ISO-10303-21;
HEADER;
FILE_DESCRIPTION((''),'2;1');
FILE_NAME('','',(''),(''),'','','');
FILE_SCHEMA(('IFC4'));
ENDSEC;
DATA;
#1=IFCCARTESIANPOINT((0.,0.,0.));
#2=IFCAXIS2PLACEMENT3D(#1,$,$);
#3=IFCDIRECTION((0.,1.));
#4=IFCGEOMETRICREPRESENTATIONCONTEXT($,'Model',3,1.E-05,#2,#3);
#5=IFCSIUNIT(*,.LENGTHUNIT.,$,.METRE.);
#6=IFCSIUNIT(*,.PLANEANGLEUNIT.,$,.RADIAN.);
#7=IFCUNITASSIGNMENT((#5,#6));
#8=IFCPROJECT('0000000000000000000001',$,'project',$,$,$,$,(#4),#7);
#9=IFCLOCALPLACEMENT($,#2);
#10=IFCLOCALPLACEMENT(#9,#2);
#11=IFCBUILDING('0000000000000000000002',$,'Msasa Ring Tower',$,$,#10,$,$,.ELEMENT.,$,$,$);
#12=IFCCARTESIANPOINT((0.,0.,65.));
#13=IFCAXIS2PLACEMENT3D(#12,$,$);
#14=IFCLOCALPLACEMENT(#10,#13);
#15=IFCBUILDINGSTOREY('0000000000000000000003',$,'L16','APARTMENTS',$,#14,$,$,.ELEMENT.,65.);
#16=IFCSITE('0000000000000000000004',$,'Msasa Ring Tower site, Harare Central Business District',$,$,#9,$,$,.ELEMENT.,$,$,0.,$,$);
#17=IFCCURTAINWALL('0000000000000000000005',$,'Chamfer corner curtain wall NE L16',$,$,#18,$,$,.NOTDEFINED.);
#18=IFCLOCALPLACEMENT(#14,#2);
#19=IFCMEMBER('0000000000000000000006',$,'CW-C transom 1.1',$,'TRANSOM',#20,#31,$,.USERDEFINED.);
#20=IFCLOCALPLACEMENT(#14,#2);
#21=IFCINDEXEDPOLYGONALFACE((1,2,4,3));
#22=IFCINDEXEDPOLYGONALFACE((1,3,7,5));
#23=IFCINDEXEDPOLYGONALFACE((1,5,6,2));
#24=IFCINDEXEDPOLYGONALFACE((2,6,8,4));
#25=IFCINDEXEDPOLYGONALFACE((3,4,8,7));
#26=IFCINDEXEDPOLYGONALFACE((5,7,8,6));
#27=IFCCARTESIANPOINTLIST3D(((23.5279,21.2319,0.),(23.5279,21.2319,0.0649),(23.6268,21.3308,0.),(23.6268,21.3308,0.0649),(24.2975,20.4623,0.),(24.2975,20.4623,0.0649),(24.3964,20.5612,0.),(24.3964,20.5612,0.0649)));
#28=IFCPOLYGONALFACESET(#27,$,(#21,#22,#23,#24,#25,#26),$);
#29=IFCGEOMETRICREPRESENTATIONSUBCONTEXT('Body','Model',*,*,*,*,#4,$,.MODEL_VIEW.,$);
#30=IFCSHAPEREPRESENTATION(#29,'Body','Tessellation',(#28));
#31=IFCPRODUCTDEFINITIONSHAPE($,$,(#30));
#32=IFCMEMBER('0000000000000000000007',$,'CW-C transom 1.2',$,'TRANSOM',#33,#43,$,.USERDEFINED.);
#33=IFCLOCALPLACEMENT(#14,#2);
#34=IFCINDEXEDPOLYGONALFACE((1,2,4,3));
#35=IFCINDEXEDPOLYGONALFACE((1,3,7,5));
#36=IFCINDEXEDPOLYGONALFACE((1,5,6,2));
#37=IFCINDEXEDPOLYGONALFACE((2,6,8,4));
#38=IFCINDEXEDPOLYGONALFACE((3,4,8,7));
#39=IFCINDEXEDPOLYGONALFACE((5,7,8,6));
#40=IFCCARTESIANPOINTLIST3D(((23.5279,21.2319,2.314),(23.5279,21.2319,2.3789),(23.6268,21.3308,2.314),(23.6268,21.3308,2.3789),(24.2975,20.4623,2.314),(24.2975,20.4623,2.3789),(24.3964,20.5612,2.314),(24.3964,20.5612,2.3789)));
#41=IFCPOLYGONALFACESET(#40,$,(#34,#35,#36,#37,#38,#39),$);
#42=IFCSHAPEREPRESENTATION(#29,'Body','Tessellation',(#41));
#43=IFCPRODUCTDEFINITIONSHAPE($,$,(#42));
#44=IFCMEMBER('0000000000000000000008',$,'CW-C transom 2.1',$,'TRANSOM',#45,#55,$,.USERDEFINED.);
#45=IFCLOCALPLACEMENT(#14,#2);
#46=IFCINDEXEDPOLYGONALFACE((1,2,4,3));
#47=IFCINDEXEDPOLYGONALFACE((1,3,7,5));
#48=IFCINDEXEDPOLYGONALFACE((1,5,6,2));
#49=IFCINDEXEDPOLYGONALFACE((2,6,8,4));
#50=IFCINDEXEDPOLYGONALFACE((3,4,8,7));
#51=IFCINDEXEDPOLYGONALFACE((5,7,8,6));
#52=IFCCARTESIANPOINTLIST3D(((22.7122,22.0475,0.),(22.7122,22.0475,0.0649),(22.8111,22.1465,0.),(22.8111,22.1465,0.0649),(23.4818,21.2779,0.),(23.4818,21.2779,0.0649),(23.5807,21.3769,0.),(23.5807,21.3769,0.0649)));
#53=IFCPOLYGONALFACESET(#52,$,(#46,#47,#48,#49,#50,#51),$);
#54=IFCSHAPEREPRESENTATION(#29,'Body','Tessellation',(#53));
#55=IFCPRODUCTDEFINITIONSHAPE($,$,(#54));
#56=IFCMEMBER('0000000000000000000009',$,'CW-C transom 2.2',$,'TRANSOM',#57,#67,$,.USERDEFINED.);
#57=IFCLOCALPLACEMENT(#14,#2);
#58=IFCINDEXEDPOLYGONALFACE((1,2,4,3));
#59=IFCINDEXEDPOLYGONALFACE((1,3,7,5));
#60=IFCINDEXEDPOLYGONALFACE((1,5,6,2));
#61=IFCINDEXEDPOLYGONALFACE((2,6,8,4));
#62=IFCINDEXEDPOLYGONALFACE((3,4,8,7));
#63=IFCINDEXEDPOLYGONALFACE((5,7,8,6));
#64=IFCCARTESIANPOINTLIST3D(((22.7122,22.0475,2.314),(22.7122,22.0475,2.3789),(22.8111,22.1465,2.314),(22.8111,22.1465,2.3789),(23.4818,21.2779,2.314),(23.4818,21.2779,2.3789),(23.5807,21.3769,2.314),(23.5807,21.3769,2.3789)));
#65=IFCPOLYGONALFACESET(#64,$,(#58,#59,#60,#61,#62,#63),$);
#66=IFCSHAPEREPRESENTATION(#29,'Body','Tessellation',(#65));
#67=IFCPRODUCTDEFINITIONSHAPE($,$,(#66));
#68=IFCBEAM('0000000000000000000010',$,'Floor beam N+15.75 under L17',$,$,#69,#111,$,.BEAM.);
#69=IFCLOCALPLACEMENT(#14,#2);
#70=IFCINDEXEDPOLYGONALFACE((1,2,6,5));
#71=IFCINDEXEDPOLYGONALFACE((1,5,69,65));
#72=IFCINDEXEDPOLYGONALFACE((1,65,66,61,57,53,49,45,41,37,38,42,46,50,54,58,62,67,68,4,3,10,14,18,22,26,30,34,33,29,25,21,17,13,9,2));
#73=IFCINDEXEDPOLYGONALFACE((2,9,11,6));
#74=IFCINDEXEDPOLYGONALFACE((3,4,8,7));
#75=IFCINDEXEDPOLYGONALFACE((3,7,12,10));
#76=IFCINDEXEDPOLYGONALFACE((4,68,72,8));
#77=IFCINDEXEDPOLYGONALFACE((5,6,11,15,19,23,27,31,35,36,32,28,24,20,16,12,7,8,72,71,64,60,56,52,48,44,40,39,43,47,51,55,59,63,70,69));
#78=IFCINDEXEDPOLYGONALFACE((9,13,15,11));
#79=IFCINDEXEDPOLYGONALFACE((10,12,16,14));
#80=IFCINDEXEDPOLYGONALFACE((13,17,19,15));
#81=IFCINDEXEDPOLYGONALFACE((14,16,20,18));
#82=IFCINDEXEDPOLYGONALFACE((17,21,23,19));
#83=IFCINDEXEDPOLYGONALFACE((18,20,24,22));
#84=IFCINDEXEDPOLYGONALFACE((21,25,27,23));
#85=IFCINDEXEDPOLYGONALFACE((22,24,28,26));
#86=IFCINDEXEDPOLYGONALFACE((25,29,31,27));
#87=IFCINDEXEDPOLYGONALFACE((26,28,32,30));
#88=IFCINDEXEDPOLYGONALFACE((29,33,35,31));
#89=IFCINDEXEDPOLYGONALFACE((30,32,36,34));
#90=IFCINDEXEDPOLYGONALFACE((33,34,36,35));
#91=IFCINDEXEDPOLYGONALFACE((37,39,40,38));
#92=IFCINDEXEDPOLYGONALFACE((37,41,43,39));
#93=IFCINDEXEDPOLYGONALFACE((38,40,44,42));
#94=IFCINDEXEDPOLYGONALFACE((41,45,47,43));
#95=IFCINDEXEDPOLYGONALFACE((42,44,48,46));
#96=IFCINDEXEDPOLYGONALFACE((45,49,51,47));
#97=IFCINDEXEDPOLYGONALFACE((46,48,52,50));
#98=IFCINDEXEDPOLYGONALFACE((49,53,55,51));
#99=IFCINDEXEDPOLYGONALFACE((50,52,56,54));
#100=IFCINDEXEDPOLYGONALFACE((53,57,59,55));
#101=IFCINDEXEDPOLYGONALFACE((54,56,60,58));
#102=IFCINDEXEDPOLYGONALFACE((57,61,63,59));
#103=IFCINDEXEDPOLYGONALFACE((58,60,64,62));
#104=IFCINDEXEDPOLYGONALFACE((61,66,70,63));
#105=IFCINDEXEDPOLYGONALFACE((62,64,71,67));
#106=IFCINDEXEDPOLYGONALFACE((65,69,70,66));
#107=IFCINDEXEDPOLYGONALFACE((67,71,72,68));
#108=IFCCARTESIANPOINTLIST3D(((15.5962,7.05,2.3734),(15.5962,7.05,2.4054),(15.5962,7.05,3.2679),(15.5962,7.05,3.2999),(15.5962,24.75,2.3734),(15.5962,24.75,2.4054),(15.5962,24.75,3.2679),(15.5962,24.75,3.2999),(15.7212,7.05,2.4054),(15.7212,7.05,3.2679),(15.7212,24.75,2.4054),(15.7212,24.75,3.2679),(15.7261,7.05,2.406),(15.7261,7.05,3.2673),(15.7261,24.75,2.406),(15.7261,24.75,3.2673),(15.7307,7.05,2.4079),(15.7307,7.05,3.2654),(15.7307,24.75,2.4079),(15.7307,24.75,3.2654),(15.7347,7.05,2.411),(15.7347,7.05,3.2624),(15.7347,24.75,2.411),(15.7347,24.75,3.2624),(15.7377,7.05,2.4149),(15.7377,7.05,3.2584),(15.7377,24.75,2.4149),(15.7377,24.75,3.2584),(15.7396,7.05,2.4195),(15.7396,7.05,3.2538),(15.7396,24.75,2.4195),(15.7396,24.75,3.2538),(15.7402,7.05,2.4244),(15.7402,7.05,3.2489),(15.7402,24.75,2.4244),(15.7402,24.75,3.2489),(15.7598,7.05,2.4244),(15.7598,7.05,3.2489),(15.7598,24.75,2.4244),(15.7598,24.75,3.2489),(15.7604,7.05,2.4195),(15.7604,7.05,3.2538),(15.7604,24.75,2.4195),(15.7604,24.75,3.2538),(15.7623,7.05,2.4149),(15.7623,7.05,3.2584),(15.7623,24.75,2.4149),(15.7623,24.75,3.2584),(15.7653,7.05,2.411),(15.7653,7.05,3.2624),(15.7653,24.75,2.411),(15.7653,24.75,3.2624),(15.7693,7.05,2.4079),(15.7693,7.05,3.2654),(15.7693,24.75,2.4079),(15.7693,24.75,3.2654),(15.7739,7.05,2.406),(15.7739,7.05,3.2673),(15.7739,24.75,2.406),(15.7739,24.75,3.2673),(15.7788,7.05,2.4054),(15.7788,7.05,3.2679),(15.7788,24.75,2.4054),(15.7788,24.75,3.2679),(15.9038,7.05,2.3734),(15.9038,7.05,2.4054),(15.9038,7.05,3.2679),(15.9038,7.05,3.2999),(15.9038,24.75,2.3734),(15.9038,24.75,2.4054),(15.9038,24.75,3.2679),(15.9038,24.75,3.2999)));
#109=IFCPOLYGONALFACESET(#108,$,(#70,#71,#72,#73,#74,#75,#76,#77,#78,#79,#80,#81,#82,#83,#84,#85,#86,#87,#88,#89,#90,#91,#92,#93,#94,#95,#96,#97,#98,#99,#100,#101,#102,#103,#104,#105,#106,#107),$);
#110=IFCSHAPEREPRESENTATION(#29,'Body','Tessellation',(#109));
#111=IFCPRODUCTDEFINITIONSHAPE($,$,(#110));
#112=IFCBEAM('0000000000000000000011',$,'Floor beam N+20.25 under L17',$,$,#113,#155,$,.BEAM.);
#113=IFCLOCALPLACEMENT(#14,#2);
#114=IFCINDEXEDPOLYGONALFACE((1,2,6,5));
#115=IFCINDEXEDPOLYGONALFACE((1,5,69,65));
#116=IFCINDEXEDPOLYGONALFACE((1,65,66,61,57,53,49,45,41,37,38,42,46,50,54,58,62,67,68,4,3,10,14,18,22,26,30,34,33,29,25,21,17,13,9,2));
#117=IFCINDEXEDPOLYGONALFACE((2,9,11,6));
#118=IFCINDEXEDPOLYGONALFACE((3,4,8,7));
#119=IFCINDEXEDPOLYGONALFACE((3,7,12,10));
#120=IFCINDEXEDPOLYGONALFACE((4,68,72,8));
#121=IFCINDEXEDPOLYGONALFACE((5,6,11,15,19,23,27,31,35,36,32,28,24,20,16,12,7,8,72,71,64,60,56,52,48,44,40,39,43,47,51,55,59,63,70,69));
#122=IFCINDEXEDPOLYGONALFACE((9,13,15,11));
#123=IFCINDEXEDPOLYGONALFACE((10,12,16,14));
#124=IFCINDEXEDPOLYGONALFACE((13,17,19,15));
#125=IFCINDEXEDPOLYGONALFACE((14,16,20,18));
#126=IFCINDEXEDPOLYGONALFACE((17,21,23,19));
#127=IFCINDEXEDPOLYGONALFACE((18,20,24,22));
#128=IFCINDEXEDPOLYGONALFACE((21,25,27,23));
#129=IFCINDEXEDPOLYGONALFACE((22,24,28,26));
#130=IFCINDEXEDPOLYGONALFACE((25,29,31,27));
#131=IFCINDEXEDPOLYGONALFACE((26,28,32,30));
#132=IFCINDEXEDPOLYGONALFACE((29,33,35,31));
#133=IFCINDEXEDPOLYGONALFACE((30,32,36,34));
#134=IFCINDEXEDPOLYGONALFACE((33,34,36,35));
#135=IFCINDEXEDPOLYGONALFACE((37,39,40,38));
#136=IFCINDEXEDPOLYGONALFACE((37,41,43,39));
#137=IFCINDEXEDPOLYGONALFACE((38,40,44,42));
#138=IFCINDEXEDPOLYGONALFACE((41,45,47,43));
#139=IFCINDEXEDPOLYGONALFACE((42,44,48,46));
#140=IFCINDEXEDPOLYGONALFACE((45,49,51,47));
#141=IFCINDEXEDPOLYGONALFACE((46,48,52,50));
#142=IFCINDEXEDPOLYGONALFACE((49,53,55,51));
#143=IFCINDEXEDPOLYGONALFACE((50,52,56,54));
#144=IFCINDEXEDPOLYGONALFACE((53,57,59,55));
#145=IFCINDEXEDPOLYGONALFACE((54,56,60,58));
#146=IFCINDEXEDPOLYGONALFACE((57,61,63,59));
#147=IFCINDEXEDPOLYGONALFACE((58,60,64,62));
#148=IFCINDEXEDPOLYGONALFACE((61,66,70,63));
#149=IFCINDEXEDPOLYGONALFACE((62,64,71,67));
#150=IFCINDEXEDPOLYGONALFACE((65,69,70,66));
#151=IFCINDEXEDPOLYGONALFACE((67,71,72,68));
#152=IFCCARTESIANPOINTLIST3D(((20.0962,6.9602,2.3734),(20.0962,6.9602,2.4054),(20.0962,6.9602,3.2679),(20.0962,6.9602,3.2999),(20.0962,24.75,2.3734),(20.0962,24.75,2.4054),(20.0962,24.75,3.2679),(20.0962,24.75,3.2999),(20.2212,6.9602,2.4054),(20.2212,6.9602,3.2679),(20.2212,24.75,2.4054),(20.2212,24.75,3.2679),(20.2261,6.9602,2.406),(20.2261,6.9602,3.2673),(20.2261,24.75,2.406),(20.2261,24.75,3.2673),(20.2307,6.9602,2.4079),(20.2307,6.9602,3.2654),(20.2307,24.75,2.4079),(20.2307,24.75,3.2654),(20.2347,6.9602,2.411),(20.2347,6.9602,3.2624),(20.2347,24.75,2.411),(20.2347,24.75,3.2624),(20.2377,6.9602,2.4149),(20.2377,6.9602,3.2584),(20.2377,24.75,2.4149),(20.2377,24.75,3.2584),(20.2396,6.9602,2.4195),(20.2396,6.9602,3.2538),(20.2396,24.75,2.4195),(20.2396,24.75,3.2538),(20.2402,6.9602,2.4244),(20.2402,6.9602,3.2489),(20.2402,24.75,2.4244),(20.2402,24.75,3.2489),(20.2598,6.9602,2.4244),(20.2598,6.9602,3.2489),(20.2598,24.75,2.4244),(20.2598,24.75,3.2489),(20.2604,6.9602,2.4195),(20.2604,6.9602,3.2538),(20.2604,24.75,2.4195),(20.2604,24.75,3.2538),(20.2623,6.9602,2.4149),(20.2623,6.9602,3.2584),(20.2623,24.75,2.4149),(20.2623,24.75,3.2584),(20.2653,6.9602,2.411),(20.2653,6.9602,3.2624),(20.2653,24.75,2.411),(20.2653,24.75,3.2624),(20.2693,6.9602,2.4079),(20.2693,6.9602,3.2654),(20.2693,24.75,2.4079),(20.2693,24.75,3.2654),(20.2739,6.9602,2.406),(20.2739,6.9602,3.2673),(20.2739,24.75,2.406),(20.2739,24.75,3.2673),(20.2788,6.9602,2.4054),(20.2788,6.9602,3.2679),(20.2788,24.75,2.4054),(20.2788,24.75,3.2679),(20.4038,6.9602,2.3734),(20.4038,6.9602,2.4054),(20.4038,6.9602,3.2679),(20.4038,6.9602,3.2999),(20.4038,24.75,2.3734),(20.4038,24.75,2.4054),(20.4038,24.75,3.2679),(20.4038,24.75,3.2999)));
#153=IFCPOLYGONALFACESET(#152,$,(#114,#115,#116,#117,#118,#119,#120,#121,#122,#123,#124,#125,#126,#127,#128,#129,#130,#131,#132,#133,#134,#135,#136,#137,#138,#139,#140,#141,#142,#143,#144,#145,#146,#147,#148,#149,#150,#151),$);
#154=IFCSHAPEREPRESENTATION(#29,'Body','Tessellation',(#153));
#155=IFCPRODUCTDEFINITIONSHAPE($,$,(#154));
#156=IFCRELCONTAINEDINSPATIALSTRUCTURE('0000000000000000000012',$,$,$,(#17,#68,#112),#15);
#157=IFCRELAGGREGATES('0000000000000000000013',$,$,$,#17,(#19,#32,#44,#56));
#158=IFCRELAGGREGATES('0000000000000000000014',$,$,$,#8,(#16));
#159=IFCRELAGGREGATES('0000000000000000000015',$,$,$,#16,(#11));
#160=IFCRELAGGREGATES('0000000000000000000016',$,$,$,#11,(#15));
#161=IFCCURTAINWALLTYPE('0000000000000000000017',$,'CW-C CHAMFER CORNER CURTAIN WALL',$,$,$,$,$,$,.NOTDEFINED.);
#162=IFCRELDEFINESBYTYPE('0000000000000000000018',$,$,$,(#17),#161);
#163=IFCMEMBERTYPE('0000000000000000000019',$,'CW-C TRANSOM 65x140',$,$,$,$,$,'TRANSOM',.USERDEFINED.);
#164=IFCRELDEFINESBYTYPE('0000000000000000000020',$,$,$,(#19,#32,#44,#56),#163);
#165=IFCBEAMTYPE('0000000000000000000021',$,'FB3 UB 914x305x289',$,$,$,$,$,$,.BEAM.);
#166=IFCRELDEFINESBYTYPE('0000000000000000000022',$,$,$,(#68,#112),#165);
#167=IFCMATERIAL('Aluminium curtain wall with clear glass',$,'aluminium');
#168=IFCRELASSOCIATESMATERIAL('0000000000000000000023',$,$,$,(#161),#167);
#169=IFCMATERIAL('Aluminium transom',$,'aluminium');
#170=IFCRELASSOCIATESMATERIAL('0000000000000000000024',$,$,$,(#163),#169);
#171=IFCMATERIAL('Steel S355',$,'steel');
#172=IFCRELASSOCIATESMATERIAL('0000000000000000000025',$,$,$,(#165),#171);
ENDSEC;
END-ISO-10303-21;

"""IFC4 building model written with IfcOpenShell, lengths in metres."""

from ifc_helpers import new_model, si_unit, direction, frame, origin, origin_2d, place, context, subcontext, project, spatial, rectangle, i_section, extrude, material, material_profile, profile_set, type_object, element, aggregate, save


model = new_model("IFC4")

# Units and contexts
model_context = context("Model", 3, precision=1e-05, world=origin(), true_north=direction((0.0, 1.0)))
body_context = subcontext(model_context, "Body", "Model", "MODEL_VIEW")
ifc_project = project(units=[si_unit("LENGTHUNIT", "METRE"), si_unit("PLANEANGLEUNIT", "RADIAN")], contexts=[model_context])

# Site, building, storey
site_placement = place(None, origin())
site = spatial("IfcSite", under=ifc_project, at=site_placement, Name="Msasa Ring Tower site, Harare Central Business District", CompositionType="ELEMENT", RefElevation=0.0)
building_placement = place(site_placement, origin())
building = spatial("IfcBuilding", under=site, at=building_placement, Name="Msasa Ring Tower", CompositionType="ELEMENT")
storey_placement = place(building_placement, frame((0.0, 0.0, 65.0)))
storey = spatial("IfcBuildingStorey", under=building, at=storey_placement, Name="L16", Description="APARTMENTS", CompositionType="ELEMENT", Elevation=65.0)

# Curtain wall
ifc_material_1 = material(Name="Aluminium curtain wall with clear glass", Category="aluminium")
curtain_wall_type = type_object("IfcCurtainWallType", Name="CW-C CHAMFER CORNER CURTAIN WALL", PredefinedType="NOTDEFINED", material=ifc_material_1)
curtain_wall_1_placement = place(storey_placement, origin())
curtain_wall_1 = element("IfcCurtainWall", 1, at=curtain_wall_1_placement, inside=storey, type_object=curtain_wall_type, Name="Chamfer corner curtain wall NE L16", PredefinedType="NOTDEFINED")

# Members
ifc_material_2 = material(Name="Aluminium transom", Category="aluminium")
ifc_material_profile_1 = material_profile(ifc_material_2, rectangle(XDim=0.1399, YDim=0.0649, at=origin_2d()), Name="AL 65x140")
ifc_profile_set_1 = profile_set([ifc_material_profile_1], Name="Aluminium transom")
member_type_1 = type_object("IfcMemberType", Name="CW-C TRANSOM 65x140", ElementType="TRANSOM", PredefinedType="USERDEFINED", material=ifc_profile_set_1)
member_1_placement = place(storey_placement, frame((24.3469, 20.5117, 0.0325), z_axis=(-0.707107, 0.707107, 0.0), x_axis=(-0.707107, -0.707107, 0.0)))
member_1 = element("IfcMember", 2, at=member_1_placement, type_object=member_type_1, Name="CW-C transom 1.1", ObjectType="TRANSOM", PredefinedType="USERDEFINED", context=body_context, shape_type="SweptSolid", body=[
    extrude(rectangle(XDim=0.1399, YDim=0.0649, at=origin_2d()), origin(), (0.0, 0.0, 1.0), 1.0884),
])
member_2_placement = place(storey_placement, frame((24.3469, 20.5117, 2.3464), z_axis=(-0.707107, 0.707107, 0.0), x_axis=(-0.707107, -0.707107, 0.0)))
member_2 = element("IfcMember", 3, at=member_2_placement, type_object=member_type_1, Name="CW-C transom 1.2", ObjectType="TRANSOM", PredefinedType="USERDEFINED", context=body_context, shape_type="SweptSolid", body=[
    extrude(rectangle(XDim=0.1399, YDim=0.0649, at=origin_2d()), origin(), (0.0, 0.0, 1.0), 1.0884),
])
member_3_placement = place(storey_placement, frame((23.5312, 21.3274, 0.0325), z_axis=(-0.707107, 0.707107, 0.0), x_axis=(-0.707107, -0.707107, 0.0)))
member_3 = element("IfcMember", 4, at=member_3_placement, type_object=member_type_1, Name="CW-C transom 2.1", ObjectType="TRANSOM", PredefinedType="USERDEFINED", context=body_context, shape_type="SweptSolid", body=[
    extrude(rectangle(XDim=0.1399, YDim=0.0649, at=origin_2d()), origin(), (0.0, 0.0, 1.0), 1.0884),
])
member_4_placement = place(storey_placement, frame((23.5312, 21.3274, 2.3464), z_axis=(-0.707107, 0.707107, 0.0), x_axis=(-0.707107, -0.707107, 0.0)))
member_4 = element("IfcMember", 5, at=member_4_placement, type_object=member_type_1, Name="CW-C transom 2.2", ObjectType="TRANSOM", PredefinedType="USERDEFINED", context=body_context, shape_type="SweptSolid", body=[
    extrude(rectangle(XDim=0.1399, YDim=0.0649, at=origin_2d()), origin(), (0.0, 0.0, 1.0), 1.0884),
])

# Beams
ifc_material_3 = material(Name="Steel S355", Category="steel")
ifc_material_profile_2 = material_profile(ifc_material_3, i_section(OverallWidth=0.3076, OverallDepth=0.9265, WebThickness=0.0195, FlangeThickness=0.032, FilletRadius=0.019, at=origin_2d()), Name="UB 914x305x289")
ifc_profile_set_2 = profile_set([ifc_material_profile_2], Name="Steel S355")
beam_type_1 = type_object("IfcBeamType", Name="FB3 UB 914x305x289", PredefinedType="BEAM", material=ifc_profile_set_2)
beam_1_placement = place(storey_placement, frame((15.75, 24.75, 2.8367), z_axis=(0.0, -1.0, 0.0), x_axis=(1.0, 0.0, 0.0)))
element("IfcBeam", 6, at=beam_1_placement, inside=storey, type_object=beam_type_1, Name="Floor beam N+15.75 under L17", PredefinedType="BEAM", context=body_context, shape_type="SweptSolid", body=[
    extrude(i_section(OverallWidth=0.3076, OverallDepth=0.9265, WebThickness=0.0195, FlangeThickness=0.032, FilletRadius=0.019, at=origin_2d()), origin(), (0.0, 0.0, 1.0), 17.7),
])
beam_2_placement = place(storey_placement, frame((20.25, 24.75, 2.8367), z_axis=(0.0, -1.0, 0.0), x_axis=(1.0, 0.0, 0.0)))
element("IfcBeam", 7, at=beam_2_placement, inside=storey, type_object=beam_type_1, Name="Floor beam N+20.25 under L17", PredefinedType="BEAM", context=body_context, shape_type="SweptSolid", body=[
    extrude(i_section(OverallWidth=0.3076, OverallDepth=0.9265, WebThickness=0.0195, FlangeThickness=0.032, FilletRadius=0.019, at=origin_2d()), origin(), (0.0, 0.0, 1.0), 17.7898),
])

aggregate(curtain_wall_1, [member_1, member_2, member_3, member_4])

save(model, "model.ifc")
